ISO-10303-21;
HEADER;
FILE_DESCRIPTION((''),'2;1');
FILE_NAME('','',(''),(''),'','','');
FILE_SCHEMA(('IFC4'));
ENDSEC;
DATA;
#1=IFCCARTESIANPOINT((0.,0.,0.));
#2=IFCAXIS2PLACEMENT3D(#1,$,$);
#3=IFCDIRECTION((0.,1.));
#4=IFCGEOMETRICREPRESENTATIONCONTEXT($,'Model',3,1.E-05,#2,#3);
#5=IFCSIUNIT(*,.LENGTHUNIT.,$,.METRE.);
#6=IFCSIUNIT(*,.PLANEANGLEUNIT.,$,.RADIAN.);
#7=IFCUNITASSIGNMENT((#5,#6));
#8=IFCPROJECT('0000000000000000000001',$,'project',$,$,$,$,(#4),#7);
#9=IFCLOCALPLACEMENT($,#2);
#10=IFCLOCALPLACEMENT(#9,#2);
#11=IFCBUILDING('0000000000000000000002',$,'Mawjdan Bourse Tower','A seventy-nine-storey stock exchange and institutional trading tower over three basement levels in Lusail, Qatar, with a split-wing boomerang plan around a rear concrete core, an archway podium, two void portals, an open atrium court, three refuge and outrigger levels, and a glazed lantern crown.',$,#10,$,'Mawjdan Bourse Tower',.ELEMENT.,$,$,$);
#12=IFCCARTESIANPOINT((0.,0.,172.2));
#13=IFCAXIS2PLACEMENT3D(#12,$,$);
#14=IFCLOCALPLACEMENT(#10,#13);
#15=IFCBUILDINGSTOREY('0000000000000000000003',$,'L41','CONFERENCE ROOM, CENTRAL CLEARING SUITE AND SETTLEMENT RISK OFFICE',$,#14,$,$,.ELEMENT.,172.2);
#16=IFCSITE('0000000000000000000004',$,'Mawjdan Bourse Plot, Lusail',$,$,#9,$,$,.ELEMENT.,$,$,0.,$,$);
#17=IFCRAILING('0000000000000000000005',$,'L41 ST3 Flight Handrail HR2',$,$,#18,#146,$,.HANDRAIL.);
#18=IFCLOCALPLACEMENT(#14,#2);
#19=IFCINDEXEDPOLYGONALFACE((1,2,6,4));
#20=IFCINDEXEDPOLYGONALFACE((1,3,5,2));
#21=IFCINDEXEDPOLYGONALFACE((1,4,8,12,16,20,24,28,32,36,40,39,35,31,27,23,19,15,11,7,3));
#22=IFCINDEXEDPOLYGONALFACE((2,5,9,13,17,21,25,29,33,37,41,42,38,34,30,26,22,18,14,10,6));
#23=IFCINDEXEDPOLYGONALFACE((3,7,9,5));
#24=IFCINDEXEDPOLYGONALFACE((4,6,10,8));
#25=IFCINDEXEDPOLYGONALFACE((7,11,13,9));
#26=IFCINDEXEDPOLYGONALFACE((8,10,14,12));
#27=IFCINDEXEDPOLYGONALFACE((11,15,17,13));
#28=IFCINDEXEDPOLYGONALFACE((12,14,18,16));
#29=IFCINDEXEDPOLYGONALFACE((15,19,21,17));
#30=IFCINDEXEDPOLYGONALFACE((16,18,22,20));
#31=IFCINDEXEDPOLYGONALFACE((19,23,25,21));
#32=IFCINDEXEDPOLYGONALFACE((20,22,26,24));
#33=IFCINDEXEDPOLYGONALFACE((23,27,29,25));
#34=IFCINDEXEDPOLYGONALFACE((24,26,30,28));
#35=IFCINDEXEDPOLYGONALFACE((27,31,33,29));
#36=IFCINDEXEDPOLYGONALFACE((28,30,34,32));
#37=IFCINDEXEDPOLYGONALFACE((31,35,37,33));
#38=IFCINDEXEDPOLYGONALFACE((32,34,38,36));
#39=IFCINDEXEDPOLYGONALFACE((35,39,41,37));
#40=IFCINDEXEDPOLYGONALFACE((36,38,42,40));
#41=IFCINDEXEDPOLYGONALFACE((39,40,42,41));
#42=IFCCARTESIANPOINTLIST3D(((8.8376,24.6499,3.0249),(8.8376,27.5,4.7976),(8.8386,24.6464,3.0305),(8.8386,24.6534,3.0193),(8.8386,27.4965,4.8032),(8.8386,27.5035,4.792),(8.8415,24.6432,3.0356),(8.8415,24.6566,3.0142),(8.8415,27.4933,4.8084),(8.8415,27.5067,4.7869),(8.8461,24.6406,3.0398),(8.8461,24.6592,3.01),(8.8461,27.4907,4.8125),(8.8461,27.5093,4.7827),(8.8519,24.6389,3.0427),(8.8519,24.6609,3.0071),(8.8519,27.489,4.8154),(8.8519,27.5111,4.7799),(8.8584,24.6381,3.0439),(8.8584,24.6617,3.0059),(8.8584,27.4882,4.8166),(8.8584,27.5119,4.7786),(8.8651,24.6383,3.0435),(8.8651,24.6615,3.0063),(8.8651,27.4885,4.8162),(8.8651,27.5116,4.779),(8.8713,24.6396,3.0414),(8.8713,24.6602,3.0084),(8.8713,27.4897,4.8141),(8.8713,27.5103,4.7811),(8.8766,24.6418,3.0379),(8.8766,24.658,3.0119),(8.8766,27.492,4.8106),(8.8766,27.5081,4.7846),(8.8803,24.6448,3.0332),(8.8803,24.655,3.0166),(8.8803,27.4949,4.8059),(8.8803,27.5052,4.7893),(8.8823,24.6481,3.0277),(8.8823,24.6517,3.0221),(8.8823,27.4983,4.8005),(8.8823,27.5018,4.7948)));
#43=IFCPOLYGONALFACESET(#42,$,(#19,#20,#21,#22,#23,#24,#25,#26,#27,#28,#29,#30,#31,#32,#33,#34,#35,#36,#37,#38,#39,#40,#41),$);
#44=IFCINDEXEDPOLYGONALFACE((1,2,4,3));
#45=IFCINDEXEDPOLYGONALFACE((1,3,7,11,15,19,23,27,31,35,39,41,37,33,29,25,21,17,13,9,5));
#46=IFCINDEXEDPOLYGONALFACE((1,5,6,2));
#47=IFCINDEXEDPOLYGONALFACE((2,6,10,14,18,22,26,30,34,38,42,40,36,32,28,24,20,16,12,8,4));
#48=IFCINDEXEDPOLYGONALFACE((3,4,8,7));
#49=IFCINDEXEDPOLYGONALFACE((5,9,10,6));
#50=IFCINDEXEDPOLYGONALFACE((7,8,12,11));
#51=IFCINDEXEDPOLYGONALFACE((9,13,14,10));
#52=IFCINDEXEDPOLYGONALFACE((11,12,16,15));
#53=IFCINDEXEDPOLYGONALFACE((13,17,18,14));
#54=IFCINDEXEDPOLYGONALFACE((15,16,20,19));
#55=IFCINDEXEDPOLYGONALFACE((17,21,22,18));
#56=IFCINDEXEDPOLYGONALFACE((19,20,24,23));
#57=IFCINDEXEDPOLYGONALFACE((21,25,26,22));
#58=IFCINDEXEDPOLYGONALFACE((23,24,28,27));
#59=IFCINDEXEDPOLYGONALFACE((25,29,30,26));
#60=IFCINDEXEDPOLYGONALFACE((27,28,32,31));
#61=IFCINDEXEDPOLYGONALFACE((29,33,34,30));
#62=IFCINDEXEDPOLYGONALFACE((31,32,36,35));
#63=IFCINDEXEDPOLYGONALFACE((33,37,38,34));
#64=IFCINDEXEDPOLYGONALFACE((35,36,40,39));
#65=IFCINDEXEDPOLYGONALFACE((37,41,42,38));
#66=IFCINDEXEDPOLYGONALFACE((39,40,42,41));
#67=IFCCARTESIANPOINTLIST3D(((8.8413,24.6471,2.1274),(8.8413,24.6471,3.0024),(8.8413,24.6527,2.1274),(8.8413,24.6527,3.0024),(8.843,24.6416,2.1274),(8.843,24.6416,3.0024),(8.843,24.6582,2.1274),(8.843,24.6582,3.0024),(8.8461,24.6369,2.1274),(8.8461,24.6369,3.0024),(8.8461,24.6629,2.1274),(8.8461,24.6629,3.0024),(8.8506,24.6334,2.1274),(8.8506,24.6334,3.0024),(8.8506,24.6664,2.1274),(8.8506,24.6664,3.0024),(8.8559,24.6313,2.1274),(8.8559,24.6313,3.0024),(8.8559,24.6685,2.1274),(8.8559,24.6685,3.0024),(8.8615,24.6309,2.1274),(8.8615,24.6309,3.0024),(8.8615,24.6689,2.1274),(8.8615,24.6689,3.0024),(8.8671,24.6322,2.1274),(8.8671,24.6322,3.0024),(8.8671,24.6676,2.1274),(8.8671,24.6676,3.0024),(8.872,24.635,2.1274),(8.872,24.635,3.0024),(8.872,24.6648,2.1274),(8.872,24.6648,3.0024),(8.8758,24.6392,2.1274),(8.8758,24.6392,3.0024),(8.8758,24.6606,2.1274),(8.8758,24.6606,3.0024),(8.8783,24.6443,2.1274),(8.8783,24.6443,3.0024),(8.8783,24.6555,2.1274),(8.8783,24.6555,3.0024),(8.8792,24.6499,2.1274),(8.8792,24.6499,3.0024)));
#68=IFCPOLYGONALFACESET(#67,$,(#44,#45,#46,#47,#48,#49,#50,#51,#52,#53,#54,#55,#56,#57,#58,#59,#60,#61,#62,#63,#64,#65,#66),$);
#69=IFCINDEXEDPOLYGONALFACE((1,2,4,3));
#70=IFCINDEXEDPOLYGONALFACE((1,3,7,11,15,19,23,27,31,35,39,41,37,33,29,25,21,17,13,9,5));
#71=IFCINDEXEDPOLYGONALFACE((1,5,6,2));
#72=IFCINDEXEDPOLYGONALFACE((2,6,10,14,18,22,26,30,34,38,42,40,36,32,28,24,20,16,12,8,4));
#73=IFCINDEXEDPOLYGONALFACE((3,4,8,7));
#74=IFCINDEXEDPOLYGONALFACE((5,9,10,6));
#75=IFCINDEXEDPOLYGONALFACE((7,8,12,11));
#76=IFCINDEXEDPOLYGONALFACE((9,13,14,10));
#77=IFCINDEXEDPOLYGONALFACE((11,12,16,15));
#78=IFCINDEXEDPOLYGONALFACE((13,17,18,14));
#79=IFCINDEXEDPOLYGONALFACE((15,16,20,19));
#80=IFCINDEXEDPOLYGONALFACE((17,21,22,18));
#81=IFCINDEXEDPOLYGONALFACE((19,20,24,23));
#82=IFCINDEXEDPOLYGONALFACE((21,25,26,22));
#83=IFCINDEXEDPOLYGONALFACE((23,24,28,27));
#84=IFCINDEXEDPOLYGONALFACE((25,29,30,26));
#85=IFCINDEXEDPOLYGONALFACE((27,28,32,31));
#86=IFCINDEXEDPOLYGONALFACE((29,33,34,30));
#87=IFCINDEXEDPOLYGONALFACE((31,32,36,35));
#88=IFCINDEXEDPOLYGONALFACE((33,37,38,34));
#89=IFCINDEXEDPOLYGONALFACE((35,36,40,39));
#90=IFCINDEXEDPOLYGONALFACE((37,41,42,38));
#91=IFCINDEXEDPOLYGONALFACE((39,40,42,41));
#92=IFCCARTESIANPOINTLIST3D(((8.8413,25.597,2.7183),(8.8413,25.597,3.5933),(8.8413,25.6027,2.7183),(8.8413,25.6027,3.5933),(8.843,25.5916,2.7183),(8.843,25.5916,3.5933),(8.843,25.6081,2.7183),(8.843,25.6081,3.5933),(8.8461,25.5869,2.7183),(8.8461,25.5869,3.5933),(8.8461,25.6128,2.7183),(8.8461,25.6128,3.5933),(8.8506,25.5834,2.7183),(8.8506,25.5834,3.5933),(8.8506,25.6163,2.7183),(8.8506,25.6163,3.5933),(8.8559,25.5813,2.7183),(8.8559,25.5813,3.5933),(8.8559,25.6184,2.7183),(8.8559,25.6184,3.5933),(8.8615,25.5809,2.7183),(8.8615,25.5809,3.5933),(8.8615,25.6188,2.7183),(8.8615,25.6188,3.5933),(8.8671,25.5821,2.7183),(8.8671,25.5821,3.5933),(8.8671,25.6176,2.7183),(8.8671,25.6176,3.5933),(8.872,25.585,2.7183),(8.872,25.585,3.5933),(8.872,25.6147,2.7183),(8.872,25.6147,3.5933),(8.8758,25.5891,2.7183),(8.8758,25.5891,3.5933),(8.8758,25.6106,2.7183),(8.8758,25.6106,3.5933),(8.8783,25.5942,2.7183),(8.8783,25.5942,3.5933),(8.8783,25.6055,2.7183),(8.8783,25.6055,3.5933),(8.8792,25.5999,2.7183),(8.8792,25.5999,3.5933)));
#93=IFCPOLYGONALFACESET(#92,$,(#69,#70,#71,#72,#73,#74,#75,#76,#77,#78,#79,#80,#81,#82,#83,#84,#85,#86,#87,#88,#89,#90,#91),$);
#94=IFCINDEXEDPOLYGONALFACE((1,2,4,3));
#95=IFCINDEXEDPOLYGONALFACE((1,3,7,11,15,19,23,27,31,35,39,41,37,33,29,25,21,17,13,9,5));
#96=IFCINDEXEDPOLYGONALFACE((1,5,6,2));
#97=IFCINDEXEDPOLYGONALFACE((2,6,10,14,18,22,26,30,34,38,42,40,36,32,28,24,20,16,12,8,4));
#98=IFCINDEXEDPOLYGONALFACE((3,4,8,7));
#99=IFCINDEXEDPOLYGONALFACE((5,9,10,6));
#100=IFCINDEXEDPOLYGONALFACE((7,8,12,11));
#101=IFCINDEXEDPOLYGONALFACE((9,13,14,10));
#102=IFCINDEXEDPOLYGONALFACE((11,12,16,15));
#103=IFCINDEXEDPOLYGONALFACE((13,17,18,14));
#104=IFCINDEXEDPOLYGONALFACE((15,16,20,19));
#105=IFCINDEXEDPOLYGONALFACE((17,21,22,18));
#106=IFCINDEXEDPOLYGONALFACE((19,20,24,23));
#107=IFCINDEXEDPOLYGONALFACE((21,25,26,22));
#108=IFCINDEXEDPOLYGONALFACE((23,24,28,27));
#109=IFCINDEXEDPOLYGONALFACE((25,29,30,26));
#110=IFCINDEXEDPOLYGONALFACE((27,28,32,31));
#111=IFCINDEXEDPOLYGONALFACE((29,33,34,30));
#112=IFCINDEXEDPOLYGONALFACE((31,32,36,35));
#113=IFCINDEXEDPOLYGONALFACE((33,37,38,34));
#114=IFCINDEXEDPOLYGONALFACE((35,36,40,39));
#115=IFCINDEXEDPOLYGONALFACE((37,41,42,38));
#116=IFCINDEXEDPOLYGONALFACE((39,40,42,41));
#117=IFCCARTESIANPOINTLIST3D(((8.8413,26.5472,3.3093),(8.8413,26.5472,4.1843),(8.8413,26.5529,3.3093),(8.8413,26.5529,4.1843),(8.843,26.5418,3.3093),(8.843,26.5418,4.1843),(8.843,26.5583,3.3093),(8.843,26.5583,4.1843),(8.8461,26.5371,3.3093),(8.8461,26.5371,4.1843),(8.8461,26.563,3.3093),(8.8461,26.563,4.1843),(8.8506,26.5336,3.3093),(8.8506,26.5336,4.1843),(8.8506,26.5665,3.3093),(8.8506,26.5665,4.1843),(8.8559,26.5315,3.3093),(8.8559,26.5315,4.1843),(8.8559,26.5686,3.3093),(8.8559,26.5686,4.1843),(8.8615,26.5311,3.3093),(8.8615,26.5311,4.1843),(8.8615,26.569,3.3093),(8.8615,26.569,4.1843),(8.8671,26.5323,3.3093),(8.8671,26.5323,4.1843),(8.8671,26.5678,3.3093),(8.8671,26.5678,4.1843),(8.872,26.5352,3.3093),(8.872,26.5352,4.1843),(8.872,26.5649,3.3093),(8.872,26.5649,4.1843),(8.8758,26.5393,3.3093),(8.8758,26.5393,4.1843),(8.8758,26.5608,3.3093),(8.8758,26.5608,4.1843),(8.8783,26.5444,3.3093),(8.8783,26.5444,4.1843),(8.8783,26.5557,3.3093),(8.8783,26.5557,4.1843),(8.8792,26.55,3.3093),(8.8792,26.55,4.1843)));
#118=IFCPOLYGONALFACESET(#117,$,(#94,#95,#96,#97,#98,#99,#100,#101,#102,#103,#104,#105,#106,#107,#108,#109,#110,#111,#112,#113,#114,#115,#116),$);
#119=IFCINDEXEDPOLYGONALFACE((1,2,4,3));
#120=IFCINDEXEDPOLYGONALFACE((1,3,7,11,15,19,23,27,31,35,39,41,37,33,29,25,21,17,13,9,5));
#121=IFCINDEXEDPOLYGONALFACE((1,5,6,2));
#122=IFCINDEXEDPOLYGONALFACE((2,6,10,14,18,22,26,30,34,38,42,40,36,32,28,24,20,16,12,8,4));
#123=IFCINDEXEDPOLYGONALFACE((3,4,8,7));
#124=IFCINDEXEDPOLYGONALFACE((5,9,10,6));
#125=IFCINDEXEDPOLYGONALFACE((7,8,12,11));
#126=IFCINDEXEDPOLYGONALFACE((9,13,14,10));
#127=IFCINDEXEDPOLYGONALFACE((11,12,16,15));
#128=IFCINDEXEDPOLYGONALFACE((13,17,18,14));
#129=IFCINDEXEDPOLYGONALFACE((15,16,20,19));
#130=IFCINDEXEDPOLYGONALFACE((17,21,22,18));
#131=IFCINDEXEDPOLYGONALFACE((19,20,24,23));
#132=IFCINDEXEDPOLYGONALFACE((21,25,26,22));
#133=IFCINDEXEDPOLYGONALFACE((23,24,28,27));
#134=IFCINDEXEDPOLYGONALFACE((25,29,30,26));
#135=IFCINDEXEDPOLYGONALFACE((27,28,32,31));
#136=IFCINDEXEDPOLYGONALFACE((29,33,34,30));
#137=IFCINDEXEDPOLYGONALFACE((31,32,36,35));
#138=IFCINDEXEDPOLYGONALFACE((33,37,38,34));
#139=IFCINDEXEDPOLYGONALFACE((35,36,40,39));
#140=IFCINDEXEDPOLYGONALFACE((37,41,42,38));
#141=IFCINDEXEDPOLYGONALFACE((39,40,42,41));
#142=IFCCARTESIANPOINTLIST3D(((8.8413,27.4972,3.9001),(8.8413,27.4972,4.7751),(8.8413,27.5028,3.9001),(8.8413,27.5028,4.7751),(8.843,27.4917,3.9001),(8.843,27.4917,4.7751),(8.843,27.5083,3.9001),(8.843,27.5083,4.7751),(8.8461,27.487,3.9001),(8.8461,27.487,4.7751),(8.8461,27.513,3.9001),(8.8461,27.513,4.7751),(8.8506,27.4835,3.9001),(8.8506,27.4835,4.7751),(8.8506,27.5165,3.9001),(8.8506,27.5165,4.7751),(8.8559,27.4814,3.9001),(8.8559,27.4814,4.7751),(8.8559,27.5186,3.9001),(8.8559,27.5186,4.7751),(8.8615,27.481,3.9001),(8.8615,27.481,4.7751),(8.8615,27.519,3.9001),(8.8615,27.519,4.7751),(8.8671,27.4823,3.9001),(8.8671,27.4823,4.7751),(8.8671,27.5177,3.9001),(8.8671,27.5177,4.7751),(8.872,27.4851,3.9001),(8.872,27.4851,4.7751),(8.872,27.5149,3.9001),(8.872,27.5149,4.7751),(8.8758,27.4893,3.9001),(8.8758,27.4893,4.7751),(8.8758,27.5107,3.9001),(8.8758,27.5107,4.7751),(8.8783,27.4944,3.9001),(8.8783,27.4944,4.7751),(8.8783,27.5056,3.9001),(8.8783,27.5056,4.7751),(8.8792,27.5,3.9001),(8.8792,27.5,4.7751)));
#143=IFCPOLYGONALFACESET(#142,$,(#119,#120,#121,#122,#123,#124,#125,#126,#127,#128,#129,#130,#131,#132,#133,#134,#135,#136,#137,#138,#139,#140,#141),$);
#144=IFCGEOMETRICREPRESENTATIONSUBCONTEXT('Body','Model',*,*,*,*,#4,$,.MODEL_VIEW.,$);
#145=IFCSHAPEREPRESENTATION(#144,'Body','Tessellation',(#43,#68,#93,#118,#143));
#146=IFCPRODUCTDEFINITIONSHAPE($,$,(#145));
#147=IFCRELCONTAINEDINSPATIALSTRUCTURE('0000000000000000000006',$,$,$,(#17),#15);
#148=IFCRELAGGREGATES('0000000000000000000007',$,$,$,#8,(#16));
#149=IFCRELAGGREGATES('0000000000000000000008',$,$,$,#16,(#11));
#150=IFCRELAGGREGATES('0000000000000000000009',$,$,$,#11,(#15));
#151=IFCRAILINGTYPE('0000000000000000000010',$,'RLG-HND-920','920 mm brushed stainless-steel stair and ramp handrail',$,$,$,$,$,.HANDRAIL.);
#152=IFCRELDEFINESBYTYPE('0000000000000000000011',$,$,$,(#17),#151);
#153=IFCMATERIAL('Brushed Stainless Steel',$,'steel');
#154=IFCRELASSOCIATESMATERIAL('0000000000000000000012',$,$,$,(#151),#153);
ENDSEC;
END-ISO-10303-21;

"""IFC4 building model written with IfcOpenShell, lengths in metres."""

from ifc_helpers import new_model, si_unit, direction, frame, origin, origin_2d, place, context, subcontext, project, spatial, circle, extrude, material, type_object, element, save


model = new_model("IFC4")

# Units and contexts
model_context = context("Model", 3, precision=1e-05, world=origin(), true_north=direction((0.0, 1.0)))
body_context = subcontext(model_context, "Body", "Model", "MODEL_VIEW")
ifc_project = project(units=[si_unit("LENGTHUNIT", "METRE"), si_unit("PLANEANGLEUNIT", "RADIAN")], contexts=[model_context])

# Site, building, storey
site_placement = place(None, origin())
site = spatial("IfcSite", under=ifc_project, at=site_placement, Name="Mawjdan Bourse Plot, Lusail", CompositionType="ELEMENT", RefElevation=0.0)
building_placement = place(site_placement, origin())
building = spatial("IfcBuilding", under=site, at=building_placement, Name="Mawjdan Bourse Tower", Description="A seventy-nine-storey stock exchange and institutional trading tower over three basement levels in Lusail, Qatar, with a split-wing boomerang plan around a rear concrete core, an archway podium, two void portals, an open atrium court, three refuge and outrigger levels, and a glazed lantern crown.", LongName="Mawjdan Bourse Tower", CompositionType="ELEMENT")
storey_placement = place(building_placement, frame((0.0, 0.0, 172.2)))
storey = spatial("IfcBuildingStorey", under=building, at=storey_placement, Name="L41", Description="CONFERENCE ROOM, CENTRAL CLEARING SUITE AND SETTLEMENT RISK OFFICE", CompositionType="ELEMENT", Elevation=172.2)

# Railing
ifc_material_1 = material(Name="Brushed Stainless Steel", Category="steel")
railing_type_1 = type_object("IfcRailingType", Name="RLG-HND-920", Description="920 mm brushed stainless-steel stair and ramp handrail", PredefinedType="HANDRAIL", material=ifc_material_1)
railing_1_placement = place(storey_placement, frame((8.8601, 24.6499, 2.1274)))
element("IfcRailing", 1, at=railing_1_placement, inside=storey, type_object=railing_type_1, Name="L41 ST3 Flight Handrail HR2", PredefinedType="HANDRAIL", context=body_context, shape_type="SweptSolid", body=[
    extrude(circle(Radius=0.0225, at=origin_2d()), frame((0.0, 0.0, 0.8975), z_axis=(0.0, 0.849149, 0.528154), x_axis=(-1.0, 0.0, 0.0)), (0.0, 0.0, 1.0), 3.3564),
    extrude(circle(Radius=0.019, at=origin_2d()), origin(), (0.0, 0.0, 1.0), 0.875),
    extrude(circle(Radius=0.019, at=origin_2d()), frame((0.0, 0.95, 0.5908)), (0.0, 0.0, 1.0), 0.875),
    extrude(circle(Radius=0.019, at=origin_2d()), frame((0.0, 1.9001, 1.1819)), (0.0, 0.0, 1.0), 0.875),
    extrude(circle(Radius=0.019, at=origin_2d()), frame((0.0, 2.8501, 1.7727)), (0.0, 0.0, 1.0), 0.875),
])

save(model, "model.ifc")
